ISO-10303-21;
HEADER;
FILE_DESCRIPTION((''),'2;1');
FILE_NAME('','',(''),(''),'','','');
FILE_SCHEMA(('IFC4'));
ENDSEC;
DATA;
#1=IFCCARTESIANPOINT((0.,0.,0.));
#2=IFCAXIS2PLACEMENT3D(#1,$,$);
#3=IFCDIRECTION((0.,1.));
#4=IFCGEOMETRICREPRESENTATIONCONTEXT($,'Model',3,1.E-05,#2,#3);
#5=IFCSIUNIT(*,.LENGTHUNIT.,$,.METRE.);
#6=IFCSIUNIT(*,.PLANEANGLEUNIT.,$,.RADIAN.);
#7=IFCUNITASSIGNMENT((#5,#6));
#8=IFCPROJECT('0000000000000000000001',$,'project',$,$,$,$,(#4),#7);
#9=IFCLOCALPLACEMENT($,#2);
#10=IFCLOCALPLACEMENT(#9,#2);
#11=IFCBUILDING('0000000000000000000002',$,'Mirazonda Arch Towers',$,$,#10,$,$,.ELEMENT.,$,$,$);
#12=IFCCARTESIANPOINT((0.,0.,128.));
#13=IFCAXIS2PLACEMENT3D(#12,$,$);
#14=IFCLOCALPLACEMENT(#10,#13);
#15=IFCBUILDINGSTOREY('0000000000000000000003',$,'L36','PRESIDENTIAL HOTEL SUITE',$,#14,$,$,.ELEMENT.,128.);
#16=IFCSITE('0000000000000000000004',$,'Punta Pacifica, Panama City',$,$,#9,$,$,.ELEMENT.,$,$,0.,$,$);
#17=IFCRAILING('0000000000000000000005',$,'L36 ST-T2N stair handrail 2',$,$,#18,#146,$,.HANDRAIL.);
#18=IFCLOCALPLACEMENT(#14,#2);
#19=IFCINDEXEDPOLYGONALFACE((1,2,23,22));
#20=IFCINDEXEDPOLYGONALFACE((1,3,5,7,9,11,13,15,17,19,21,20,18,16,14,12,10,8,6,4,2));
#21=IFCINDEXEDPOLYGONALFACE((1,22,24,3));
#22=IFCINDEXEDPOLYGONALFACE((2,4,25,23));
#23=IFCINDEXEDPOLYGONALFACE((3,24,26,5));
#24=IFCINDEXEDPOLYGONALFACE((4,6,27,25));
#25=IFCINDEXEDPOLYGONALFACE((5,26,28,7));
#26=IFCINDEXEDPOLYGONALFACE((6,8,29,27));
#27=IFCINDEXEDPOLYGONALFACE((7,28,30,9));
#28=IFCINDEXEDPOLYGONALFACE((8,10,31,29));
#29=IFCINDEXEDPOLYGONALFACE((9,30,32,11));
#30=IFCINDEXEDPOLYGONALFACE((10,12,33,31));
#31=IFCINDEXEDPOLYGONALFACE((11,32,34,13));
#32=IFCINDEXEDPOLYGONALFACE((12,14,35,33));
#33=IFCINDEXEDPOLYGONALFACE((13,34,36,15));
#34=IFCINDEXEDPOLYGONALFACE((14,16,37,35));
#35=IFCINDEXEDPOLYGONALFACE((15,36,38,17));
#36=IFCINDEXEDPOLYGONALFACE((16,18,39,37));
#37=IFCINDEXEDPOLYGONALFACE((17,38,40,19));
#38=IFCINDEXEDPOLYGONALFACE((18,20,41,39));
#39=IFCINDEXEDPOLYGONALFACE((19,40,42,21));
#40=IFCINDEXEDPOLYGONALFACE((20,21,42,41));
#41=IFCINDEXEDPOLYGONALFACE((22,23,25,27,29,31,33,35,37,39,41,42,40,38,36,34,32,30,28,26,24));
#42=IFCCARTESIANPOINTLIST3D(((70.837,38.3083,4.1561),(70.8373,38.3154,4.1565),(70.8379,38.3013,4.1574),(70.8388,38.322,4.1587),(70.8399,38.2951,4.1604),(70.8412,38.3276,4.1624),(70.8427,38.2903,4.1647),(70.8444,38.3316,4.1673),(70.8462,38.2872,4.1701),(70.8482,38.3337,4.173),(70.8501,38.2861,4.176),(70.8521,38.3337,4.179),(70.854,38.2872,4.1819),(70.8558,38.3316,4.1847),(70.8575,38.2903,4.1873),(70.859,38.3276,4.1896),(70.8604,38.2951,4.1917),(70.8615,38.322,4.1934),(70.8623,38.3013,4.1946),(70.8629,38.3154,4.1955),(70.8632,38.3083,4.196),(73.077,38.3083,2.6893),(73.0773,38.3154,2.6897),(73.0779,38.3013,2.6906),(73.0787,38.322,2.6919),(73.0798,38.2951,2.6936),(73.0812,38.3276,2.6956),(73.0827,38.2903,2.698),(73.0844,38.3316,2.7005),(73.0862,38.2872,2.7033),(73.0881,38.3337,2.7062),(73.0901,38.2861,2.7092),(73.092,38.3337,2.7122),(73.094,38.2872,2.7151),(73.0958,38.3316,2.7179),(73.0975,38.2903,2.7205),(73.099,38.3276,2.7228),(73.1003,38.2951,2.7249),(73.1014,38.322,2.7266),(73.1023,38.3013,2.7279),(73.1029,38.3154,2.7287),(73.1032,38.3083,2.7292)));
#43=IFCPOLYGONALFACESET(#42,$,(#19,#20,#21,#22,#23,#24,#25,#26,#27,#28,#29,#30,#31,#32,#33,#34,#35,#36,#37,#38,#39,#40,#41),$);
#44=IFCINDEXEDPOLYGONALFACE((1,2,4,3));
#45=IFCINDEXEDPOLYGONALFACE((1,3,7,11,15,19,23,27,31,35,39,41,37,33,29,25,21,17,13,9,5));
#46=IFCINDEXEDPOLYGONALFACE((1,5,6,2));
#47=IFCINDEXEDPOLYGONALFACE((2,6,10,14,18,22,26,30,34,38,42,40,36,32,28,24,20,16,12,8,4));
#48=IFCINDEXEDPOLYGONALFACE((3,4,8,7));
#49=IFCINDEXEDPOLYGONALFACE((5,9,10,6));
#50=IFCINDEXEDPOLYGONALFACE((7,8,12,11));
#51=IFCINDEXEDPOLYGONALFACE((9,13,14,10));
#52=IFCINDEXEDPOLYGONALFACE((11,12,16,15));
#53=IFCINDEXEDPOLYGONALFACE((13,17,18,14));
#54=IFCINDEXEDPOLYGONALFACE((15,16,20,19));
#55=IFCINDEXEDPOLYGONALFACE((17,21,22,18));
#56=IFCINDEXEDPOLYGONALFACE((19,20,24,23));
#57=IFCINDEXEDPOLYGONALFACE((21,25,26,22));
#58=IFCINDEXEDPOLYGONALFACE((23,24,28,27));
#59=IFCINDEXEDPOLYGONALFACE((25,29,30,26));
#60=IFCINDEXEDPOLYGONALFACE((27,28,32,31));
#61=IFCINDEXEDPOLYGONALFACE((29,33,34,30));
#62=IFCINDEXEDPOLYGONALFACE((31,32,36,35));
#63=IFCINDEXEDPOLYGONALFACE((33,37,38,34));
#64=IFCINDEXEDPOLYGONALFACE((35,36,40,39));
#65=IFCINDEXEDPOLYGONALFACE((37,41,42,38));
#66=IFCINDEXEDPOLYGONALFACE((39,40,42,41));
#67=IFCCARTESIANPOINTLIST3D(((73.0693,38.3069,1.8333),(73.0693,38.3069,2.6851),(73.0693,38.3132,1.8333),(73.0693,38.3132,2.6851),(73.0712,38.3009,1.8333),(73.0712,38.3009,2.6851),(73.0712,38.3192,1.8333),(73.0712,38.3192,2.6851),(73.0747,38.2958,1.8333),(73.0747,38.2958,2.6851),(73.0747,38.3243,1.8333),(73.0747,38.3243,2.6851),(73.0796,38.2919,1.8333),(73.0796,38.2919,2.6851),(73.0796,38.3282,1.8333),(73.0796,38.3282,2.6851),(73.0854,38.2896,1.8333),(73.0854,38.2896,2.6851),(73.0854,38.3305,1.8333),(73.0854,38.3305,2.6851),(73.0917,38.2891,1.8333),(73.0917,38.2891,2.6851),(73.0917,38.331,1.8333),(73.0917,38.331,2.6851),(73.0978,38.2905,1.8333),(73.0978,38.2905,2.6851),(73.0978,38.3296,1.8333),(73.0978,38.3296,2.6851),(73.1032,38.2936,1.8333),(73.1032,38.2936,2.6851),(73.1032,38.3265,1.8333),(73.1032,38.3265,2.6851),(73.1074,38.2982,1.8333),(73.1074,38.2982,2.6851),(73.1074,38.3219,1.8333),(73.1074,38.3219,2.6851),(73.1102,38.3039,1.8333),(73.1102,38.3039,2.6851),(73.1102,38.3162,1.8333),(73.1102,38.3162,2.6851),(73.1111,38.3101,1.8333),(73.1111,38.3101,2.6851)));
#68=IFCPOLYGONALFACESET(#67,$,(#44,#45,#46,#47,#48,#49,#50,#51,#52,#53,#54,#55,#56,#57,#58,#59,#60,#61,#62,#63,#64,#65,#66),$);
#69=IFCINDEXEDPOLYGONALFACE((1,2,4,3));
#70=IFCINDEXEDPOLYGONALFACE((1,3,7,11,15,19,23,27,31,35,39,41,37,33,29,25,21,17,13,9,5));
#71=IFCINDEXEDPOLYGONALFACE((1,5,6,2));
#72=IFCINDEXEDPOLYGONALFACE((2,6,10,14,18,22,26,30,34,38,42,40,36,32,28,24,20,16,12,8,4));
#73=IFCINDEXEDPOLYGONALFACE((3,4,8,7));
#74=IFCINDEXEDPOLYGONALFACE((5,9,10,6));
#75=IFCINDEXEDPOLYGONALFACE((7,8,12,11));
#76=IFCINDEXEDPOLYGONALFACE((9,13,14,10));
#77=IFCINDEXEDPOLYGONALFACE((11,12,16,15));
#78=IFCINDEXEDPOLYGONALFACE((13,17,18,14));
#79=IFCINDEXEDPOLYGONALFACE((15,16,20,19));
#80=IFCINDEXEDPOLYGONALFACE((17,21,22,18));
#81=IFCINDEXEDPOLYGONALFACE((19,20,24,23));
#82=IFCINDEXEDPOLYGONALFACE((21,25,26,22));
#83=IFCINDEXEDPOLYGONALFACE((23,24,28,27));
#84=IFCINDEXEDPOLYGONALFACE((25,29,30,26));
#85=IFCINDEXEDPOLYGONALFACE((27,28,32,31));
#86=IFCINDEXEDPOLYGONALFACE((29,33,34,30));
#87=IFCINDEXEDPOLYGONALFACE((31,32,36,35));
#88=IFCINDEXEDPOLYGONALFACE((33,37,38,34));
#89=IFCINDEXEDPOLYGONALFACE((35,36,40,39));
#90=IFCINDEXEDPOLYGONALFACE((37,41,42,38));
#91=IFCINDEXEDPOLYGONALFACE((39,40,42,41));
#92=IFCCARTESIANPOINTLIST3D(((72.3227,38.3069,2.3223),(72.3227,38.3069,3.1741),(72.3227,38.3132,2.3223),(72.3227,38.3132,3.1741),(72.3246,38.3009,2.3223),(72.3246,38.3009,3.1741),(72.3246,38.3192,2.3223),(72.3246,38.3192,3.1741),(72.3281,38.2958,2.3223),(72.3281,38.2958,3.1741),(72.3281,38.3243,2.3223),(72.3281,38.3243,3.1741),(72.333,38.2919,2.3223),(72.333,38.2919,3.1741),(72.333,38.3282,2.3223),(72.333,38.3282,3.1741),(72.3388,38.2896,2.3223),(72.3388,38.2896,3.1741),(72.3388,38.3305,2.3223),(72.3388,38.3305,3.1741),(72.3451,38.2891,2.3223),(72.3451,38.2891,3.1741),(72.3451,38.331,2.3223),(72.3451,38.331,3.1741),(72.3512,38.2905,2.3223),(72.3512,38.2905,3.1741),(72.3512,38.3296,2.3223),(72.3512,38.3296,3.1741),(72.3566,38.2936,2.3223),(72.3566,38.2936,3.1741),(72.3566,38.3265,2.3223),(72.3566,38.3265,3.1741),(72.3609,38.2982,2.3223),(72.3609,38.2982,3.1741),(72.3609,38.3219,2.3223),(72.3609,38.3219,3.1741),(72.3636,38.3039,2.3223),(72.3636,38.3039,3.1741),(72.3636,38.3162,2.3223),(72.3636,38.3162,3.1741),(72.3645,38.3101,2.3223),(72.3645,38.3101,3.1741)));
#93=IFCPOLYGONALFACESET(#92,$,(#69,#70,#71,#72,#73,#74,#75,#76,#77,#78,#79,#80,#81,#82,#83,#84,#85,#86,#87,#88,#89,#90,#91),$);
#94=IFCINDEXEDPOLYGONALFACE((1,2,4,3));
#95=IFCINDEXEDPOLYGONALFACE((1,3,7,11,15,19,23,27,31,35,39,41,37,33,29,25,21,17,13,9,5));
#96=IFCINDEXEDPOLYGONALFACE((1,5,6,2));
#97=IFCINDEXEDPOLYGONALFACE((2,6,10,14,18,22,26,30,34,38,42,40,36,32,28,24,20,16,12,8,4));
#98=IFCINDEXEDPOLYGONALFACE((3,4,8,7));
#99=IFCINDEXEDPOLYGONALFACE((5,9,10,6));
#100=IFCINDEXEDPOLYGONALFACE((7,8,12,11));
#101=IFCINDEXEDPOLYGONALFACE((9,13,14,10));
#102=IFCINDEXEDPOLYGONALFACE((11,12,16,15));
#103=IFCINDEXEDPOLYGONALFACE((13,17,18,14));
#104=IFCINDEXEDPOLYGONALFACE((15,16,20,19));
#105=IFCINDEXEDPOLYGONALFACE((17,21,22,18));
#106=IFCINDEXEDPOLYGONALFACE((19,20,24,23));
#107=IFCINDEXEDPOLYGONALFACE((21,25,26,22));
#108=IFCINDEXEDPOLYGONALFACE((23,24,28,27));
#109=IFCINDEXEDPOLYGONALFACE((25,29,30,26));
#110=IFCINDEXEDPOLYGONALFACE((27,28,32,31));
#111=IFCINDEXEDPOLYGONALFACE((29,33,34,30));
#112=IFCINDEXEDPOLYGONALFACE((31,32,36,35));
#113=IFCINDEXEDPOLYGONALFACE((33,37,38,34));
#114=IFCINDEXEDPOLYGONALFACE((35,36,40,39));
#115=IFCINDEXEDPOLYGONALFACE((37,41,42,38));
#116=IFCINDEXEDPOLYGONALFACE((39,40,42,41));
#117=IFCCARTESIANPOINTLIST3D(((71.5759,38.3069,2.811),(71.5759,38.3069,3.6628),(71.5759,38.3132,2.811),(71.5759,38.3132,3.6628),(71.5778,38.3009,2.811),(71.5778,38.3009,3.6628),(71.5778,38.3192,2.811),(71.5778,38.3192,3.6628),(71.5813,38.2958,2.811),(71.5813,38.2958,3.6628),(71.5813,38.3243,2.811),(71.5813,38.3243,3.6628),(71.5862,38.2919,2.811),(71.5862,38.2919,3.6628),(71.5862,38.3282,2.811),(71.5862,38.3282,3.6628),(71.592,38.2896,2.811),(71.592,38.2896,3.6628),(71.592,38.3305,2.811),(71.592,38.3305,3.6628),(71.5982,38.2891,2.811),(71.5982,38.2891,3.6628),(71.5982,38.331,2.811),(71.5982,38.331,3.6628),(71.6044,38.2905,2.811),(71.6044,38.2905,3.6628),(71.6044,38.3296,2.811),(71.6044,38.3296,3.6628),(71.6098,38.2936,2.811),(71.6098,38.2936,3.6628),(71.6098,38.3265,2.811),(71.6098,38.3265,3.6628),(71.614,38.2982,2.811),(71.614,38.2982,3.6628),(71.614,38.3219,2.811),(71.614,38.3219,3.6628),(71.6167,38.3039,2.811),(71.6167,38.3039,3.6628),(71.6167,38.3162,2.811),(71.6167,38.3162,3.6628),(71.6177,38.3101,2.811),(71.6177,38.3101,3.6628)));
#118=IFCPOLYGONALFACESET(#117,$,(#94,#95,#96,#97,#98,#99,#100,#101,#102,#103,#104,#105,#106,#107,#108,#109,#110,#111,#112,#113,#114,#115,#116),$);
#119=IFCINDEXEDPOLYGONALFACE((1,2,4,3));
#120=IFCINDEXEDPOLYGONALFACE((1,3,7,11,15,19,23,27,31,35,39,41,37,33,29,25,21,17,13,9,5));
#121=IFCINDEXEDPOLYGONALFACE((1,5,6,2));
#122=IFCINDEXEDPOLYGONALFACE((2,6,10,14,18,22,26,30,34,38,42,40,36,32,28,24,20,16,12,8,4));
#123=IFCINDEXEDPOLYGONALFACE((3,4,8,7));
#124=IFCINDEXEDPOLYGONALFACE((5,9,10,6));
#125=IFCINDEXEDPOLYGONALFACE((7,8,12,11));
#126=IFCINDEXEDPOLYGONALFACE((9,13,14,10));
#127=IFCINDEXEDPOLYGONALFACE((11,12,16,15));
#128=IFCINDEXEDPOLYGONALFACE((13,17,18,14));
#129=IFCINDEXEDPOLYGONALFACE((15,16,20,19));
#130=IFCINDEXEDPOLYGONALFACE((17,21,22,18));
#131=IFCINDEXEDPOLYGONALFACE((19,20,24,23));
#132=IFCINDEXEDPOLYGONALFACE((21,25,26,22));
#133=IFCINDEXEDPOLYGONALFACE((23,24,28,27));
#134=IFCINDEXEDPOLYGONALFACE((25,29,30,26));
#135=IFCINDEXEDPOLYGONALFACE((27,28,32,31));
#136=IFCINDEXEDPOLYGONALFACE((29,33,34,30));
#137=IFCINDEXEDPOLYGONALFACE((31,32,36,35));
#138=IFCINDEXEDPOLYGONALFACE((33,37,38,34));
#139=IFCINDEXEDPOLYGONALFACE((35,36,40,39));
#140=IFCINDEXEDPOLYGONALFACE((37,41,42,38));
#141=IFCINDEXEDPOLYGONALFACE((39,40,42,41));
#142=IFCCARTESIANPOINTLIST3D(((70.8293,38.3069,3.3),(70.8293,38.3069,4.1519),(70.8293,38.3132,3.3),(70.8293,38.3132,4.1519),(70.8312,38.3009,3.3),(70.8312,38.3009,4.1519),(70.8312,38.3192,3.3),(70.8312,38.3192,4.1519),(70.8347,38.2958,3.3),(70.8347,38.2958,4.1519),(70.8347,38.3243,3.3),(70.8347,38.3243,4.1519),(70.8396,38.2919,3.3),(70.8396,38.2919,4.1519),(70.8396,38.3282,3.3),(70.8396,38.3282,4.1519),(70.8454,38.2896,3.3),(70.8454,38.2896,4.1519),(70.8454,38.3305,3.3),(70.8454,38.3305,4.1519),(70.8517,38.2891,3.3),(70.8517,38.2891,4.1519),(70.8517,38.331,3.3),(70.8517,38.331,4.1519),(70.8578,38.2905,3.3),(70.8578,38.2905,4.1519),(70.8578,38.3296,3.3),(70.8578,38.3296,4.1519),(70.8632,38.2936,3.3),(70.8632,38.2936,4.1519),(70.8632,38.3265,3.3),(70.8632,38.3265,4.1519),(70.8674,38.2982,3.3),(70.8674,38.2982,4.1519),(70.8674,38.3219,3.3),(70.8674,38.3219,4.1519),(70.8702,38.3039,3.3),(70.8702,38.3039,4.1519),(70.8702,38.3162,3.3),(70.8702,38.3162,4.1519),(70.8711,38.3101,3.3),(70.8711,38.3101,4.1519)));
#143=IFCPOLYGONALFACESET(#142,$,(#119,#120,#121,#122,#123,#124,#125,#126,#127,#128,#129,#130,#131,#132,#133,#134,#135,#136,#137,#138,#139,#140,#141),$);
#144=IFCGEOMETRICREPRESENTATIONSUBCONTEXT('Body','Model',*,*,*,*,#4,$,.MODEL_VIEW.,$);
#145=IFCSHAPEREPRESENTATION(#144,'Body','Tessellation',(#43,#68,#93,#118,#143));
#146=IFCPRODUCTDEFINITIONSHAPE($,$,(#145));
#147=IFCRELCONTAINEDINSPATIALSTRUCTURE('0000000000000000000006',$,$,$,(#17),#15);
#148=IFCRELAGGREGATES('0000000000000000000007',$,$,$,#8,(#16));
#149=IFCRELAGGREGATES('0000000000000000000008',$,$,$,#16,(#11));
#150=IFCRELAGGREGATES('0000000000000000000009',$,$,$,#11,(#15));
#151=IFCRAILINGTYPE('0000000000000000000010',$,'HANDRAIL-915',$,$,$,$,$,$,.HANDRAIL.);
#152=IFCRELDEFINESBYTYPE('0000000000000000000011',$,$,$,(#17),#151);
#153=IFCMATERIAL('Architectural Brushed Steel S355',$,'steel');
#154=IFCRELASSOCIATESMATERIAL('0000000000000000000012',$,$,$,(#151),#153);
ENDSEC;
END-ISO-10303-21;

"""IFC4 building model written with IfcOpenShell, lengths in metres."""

from ifc_helpers import new_model, si_unit, direction, frame, origin, origin_2d, place, context, subcontext, project, spatial, circle, extrude, material, type_object, element, save


model = new_model("IFC4")

# Units and contexts
model_context = context("Model", 3, precision=1e-05, world=origin(), true_north=direction((0.0, 1.0)))
body_context = subcontext(model_context, "Body", "Model", "MODEL_VIEW")
ifc_project = project(units=[si_unit("LENGTHUNIT", "METRE"), si_unit("PLANEANGLEUNIT", "RADIAN")], contexts=[model_context])

# Site, building, storey
site_placement = place(None, origin())
site = spatial("IfcSite", under=ifc_project, at=site_placement, Name="Punta Pacifica, Panama City", CompositionType="ELEMENT", RefElevation=0.0)
building_placement = place(site_placement, origin())
building = spatial("IfcBuilding", under=site, at=building_placement, Name="Mirazonda Arch Towers", CompositionType="ELEMENT")
storey_placement = place(building_placement, frame((0.0, 0.0, 128.0)))
storey = spatial("IfcBuildingStorey", under=building, at=storey_placement, Name="L36", Description="PRESIDENTIAL HOTEL SUITE", CompositionType="ELEMENT", Elevation=128.0)

# Railing
ifc_material_1 = material(Name="Architectural Brushed Steel S355", Category="steel")
railing_type_1 = type_object("IfcRailingType", Name="HANDRAIL-915", PredefinedType="HANDRAIL", material=ifc_material_1)
railing_1_placement = place(storey_placement, frame((73.0901, 38.3101, 1.8333)))
element("IfcRailing", 1, at=railing_1_placement, inside=storey, type_object=railing_type_1, Name="L36 ST-T2N stair handrail 2", PredefinedType="HANDRAIL", context=body_context, shape_type="SweptSolid", body=[
    extrude(circle(Radius=0.0239, at=origin_2d()), frame((0.0, 0.0, 0.876), z_axis=(-0.836595, 0.0, 0.547822), x_axis=(0.0, -1.0, 0.0)), (0.0, 0.0, 1.0), 2.6775),
    extrude(circle(Radius=0.021, at=origin_2d()), origin(), (0.0, 0.0, 1.0), 0.8518),
    extrude(circle(Radius=0.021, at=origin_2d()), frame((-0.7466, 0.0, 0.489)), (0.0, 0.0, 1.0), 0.8518),
    extrude(circle(Radius=0.021, at=origin_2d()), frame((-1.4934, 0.0, 0.9778)), (0.0, 0.0, 1.0), 0.8518),
    extrude(circle(Radius=0.021, at=origin_2d()), frame((-2.24, 0.0, 1.4668)), (0.0, 0.0, 1.0), 0.8518),
])

save(model, "model.ifc")
